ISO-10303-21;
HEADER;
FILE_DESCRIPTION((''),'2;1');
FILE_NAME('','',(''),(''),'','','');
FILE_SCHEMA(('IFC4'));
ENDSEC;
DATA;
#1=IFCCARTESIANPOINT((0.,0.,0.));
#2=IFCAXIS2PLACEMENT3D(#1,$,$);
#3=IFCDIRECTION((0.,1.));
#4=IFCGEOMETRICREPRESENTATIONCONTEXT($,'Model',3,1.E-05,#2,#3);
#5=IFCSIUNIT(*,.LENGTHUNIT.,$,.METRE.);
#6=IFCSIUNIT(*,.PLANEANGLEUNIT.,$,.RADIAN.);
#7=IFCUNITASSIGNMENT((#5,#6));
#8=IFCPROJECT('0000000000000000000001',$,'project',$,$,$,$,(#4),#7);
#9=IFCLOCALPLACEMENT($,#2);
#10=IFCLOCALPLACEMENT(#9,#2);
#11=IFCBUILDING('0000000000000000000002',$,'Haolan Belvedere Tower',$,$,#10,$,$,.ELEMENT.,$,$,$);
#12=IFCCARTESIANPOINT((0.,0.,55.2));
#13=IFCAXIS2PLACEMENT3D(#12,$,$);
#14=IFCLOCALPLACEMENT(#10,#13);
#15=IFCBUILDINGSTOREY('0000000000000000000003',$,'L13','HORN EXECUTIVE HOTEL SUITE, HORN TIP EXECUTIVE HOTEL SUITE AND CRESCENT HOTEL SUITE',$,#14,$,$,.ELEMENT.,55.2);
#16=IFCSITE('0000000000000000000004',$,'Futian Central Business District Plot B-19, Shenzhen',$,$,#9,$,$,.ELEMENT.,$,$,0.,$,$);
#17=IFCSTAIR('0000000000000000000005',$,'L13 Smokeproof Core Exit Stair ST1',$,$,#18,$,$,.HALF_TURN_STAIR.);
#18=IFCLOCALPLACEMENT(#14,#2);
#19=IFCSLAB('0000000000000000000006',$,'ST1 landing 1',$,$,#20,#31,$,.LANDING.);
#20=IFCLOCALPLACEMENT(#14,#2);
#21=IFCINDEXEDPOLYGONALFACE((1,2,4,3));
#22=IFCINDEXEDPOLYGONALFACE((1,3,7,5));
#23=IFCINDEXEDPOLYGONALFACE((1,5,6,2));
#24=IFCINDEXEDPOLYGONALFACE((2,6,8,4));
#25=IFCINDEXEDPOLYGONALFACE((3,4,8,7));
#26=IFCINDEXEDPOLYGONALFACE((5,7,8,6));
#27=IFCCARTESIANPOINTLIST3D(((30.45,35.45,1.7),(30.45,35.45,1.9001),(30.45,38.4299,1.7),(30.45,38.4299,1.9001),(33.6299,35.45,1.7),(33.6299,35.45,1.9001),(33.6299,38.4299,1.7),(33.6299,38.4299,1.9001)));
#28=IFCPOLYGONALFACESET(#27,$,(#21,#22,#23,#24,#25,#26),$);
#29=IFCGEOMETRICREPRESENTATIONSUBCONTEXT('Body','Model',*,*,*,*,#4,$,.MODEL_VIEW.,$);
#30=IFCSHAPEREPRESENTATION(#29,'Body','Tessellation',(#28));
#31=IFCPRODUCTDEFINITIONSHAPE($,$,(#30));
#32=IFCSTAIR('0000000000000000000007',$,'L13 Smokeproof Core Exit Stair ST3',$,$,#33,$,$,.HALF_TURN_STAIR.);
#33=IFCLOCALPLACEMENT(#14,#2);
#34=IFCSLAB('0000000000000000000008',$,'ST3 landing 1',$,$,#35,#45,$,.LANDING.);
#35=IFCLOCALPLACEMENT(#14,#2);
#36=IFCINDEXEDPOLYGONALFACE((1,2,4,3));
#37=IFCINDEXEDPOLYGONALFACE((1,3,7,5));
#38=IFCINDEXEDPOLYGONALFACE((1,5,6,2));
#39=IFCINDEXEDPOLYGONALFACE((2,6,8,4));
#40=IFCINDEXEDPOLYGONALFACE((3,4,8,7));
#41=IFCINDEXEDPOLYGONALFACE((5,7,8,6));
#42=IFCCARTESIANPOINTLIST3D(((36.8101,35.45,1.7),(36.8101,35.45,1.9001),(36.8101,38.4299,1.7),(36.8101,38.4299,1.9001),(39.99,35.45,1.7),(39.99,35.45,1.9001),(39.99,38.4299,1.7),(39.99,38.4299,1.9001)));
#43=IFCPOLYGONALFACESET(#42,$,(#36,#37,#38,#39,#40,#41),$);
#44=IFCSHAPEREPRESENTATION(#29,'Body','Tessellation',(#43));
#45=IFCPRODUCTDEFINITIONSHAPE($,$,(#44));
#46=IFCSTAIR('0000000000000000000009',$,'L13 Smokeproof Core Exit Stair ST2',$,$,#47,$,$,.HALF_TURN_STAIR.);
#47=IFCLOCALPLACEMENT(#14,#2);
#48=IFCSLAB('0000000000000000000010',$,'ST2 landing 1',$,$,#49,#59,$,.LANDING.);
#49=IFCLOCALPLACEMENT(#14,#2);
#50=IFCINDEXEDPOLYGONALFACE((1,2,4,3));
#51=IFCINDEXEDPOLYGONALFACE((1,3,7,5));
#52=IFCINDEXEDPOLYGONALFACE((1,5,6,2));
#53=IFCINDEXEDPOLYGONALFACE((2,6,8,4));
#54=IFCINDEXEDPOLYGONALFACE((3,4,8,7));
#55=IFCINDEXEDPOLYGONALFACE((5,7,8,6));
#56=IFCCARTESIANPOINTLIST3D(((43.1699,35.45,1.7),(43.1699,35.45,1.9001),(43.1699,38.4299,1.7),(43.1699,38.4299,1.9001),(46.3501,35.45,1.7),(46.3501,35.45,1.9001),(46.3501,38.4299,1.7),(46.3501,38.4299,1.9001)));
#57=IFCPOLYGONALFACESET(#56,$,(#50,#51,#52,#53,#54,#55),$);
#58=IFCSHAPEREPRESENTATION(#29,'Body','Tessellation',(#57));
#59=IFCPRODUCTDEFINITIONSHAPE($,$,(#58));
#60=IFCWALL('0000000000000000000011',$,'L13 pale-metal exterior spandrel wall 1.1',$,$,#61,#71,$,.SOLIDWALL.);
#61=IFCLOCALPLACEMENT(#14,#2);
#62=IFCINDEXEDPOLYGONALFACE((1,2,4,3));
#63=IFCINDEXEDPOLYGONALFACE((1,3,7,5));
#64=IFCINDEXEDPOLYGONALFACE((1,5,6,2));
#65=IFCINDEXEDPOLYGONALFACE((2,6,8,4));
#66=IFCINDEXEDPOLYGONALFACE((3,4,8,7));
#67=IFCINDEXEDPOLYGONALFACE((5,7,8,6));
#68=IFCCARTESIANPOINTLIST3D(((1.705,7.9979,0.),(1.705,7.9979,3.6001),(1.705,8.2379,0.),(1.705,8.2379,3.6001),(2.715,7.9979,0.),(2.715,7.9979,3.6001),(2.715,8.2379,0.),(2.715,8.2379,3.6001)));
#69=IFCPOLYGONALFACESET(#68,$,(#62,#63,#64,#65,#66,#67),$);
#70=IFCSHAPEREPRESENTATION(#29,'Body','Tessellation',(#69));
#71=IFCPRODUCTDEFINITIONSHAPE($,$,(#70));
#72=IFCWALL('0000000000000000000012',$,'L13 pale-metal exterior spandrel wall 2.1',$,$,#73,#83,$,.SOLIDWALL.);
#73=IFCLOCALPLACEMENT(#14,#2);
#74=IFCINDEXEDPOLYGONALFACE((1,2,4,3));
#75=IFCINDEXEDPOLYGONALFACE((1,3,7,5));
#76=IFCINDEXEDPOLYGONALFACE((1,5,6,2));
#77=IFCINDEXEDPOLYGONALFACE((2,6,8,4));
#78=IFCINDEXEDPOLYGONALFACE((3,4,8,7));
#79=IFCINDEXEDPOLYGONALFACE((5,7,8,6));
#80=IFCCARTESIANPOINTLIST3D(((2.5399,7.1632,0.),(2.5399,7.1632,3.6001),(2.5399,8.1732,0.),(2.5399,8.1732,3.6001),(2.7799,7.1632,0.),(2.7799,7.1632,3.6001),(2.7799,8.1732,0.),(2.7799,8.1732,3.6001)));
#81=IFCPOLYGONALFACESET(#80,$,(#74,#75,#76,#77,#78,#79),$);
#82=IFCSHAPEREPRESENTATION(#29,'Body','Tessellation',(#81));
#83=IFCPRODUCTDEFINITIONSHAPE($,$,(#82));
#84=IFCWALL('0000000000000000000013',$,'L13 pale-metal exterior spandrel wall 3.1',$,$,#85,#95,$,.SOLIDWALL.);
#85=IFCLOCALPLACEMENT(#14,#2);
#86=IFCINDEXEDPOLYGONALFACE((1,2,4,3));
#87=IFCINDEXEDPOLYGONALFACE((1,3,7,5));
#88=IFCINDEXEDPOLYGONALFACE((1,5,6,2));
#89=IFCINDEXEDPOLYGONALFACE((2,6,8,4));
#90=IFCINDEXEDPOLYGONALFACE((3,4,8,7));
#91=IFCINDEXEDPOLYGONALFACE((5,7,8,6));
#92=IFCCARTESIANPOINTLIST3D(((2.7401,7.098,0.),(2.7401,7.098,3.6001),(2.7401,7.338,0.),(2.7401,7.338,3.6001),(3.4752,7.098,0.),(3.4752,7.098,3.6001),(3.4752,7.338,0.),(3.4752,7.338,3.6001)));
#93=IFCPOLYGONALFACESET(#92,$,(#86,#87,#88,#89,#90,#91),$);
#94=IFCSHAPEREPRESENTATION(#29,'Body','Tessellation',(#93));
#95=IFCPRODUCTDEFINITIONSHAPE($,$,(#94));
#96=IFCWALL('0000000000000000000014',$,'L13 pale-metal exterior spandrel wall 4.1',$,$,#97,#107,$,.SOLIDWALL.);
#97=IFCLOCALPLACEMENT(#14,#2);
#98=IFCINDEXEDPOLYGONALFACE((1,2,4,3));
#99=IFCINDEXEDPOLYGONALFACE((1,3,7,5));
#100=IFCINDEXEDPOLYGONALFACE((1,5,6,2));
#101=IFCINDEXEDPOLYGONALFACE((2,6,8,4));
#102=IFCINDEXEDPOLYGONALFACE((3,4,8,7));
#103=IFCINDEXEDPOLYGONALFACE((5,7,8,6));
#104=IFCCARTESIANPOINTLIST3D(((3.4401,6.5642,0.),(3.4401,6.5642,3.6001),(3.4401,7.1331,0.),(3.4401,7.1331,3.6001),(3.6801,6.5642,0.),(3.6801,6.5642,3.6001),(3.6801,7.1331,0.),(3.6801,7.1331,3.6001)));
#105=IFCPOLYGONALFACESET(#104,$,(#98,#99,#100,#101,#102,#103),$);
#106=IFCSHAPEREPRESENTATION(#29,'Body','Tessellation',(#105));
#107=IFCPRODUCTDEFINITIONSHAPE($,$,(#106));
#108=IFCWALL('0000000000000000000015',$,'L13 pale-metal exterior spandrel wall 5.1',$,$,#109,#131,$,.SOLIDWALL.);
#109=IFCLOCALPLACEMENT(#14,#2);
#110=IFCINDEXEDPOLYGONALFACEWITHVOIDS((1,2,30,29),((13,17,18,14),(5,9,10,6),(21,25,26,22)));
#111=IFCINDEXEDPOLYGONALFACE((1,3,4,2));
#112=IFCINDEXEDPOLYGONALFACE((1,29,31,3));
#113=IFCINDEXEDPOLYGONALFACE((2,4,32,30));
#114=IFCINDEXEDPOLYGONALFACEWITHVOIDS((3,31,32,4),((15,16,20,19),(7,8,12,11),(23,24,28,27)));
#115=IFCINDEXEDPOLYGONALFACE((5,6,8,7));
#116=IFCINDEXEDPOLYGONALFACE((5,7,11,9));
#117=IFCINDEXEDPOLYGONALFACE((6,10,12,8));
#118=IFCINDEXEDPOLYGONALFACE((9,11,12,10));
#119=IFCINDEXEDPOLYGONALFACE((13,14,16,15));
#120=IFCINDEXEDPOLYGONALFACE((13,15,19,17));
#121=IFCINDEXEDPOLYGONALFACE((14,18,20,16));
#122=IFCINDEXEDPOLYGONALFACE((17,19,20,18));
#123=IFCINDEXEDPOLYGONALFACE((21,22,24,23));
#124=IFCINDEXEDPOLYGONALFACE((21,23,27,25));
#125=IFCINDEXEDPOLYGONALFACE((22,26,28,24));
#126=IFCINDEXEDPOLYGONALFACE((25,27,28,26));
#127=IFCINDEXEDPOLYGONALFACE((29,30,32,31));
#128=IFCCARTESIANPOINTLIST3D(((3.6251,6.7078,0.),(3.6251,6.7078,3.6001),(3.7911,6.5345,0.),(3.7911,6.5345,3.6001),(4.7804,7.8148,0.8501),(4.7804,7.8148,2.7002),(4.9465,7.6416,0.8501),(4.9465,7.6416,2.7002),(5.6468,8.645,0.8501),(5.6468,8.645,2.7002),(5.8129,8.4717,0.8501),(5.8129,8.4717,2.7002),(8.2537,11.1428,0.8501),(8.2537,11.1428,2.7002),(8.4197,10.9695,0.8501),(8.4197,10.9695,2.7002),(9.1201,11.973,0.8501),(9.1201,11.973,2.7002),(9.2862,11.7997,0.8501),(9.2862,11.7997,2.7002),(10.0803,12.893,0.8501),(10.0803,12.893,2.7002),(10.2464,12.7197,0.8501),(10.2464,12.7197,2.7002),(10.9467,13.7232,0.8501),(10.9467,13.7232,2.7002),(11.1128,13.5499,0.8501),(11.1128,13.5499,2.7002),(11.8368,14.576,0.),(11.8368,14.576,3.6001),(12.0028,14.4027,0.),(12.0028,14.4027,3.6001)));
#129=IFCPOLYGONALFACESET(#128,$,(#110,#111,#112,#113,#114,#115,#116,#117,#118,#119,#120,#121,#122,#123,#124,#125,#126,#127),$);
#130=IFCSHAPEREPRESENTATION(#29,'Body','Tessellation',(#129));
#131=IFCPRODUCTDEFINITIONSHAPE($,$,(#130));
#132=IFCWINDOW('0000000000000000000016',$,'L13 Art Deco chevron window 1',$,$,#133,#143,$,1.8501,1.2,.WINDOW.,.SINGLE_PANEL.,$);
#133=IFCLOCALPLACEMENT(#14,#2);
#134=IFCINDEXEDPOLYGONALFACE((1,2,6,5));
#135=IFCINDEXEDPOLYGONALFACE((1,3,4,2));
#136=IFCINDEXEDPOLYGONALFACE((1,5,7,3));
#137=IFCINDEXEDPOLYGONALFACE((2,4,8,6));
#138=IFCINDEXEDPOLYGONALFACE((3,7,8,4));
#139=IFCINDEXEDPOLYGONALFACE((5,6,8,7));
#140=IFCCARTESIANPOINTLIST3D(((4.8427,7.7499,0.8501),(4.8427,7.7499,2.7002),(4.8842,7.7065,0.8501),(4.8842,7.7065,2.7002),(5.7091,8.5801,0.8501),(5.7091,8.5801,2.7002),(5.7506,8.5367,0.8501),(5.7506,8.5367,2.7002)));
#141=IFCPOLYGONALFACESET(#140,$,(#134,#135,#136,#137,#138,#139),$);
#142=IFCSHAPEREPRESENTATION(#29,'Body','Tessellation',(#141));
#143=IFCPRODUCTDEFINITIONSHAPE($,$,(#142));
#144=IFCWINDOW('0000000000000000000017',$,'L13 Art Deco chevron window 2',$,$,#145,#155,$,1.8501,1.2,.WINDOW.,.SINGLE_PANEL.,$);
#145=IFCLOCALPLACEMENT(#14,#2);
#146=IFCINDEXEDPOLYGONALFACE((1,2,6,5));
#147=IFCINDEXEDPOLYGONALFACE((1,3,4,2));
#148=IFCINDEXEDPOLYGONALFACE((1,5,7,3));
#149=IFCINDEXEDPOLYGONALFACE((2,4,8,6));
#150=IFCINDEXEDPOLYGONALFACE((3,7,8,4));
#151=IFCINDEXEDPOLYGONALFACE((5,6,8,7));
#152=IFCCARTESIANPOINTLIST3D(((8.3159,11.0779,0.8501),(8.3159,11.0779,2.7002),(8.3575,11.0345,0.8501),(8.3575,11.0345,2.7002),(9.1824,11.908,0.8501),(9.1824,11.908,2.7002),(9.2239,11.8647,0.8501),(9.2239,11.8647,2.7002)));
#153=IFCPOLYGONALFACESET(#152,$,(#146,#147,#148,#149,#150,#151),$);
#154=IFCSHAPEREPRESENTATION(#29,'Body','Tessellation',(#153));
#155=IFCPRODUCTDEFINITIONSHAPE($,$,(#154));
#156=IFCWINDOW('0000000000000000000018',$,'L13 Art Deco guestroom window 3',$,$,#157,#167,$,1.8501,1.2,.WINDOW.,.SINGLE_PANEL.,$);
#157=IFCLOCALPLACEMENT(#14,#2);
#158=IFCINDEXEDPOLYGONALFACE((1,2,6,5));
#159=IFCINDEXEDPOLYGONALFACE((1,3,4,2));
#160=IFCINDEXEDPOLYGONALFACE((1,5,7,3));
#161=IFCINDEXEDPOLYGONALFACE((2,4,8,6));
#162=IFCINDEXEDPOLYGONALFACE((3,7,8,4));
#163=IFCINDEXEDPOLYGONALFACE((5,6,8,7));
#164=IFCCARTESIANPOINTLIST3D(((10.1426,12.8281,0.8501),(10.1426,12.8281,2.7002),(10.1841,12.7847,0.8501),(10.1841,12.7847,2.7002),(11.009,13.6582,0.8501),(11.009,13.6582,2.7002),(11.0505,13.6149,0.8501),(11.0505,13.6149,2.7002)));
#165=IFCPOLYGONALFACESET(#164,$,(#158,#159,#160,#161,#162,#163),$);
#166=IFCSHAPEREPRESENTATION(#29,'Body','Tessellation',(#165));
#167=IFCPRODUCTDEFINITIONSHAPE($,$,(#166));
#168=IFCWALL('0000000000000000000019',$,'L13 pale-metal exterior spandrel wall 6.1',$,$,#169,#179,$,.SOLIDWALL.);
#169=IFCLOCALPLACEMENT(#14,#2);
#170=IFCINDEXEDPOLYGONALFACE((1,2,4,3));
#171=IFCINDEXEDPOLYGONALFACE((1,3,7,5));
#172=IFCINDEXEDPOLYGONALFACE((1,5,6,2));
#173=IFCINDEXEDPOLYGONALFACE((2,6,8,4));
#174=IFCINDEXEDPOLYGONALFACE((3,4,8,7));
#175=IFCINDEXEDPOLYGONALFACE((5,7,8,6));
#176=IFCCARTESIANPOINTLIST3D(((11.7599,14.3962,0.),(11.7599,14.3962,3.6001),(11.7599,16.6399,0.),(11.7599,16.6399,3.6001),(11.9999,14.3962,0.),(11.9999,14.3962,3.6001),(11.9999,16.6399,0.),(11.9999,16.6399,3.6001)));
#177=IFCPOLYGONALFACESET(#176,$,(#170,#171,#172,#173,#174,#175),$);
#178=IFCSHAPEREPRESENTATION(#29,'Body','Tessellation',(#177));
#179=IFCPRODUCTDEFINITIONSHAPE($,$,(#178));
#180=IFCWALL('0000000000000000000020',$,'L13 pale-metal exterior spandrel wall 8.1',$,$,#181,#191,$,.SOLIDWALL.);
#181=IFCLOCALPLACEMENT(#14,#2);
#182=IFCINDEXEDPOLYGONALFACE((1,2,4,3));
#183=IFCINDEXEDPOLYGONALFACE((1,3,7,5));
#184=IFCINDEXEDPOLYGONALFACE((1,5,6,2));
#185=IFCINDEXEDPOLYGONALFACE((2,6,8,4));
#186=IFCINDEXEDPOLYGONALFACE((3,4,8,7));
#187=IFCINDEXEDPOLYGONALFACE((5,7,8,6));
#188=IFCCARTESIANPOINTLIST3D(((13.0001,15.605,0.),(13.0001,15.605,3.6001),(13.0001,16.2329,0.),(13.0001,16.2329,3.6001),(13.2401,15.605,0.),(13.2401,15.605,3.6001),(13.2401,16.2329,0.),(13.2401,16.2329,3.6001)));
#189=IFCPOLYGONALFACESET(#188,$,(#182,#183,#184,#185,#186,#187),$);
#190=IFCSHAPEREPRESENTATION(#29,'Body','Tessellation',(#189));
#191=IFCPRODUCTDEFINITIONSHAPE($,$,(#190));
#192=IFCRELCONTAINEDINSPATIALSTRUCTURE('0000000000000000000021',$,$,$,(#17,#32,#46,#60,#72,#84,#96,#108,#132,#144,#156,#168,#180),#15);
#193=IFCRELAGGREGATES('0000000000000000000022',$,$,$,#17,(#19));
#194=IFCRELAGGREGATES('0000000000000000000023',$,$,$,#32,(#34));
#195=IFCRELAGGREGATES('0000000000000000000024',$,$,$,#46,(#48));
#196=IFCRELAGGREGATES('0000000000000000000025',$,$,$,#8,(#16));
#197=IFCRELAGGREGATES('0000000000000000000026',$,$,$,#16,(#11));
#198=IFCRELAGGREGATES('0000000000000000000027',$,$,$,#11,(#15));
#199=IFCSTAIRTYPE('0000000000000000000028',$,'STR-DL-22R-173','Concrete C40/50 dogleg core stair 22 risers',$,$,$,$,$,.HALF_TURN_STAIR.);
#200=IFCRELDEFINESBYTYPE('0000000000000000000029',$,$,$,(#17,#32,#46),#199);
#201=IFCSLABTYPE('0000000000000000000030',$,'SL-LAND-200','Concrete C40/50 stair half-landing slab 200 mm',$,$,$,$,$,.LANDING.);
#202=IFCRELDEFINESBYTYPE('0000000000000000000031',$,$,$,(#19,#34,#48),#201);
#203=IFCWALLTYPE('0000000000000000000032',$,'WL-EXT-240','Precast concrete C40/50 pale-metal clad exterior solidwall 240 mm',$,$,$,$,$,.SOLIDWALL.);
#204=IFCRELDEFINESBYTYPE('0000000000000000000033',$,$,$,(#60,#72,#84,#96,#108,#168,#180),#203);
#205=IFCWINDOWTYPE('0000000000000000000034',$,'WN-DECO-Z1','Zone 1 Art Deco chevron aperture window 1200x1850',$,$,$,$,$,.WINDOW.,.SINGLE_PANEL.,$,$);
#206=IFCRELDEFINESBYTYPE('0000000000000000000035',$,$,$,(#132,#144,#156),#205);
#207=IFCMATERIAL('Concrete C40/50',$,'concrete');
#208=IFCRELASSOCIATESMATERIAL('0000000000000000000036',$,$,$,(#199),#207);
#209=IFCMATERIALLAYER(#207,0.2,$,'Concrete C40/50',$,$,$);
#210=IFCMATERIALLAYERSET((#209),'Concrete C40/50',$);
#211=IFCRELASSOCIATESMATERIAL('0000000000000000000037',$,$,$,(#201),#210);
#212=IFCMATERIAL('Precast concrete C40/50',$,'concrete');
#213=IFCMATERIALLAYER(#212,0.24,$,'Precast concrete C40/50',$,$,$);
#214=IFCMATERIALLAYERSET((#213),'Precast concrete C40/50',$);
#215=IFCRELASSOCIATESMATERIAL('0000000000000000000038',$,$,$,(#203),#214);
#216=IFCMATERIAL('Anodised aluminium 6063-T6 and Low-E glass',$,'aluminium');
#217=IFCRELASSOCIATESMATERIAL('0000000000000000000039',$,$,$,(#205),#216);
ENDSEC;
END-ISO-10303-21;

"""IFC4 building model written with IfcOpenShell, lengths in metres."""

from ifc_helpers import new_model, si_unit, direction, frame, frame_2d, origin, place, context, subcontext, project, spatial, polyline, rectangle, outline, extrude, material, layer, layer_set, type_object, element, fill, aggregate, save


model = new_model("IFC4")

# Units and contexts
model_context = context("Model", 3, precision=1e-05, world=origin(), true_north=direction((0.0, 1.0)))
body_context = subcontext(model_context, "Body", "Model", "MODEL_VIEW")
ifc_project = project(units=[si_unit("LENGTHUNIT", "METRE"), si_unit("PLANEANGLEUNIT", "RADIAN")], contexts=[model_context])

# Site, building, storey
site_placement = place(None, origin())
site = spatial("IfcSite", under=ifc_project, at=site_placement, Name="Futian Central Business District Plot B-19, Shenzhen", CompositionType="ELEMENT", RefElevation=0.0)
building_placement = place(site_placement, origin())
building = spatial("IfcBuilding", under=site, at=building_placement, Name="Haolan Belvedere Tower", CompositionType="ELEMENT")
storey_placement = place(building_placement, frame((0.0, 0.0, 55.2)))
storey = spatial("IfcBuildingStorey", under=building, at=storey_placement, Name="L13", Description="HORN EXECUTIVE HOTEL SUITE, HORN TIP EXECUTIVE HOTEL SUITE AND CRESCENT HOTEL SUITE", CompositionType="ELEMENT", Elevation=55.2)

# Shared definitions
ifc_material_1 = material(Name="Concrete C40/50", Category="concrete")

# Stairs, slabs
stair_type = type_object("IfcStairType", Name="STR-DL-22R-173", Description="Concrete C40/50 dogleg core stair 22 risers", PredefinedType="HALF_TURN_STAIR", material=ifc_material_1)
stair_1_placement = place(storey_placement, origin())
stair_1 = element("IfcStair", 1, at=stair_1_placement, inside=storey, type_object=stair_type, Name="L13 Smokeproof Core Exit Stair ST1", PredefinedType="HALF_TURN_STAIR")
ifc_layer_1 = layer(ifc_material_1, 0.2, Name="Concrete C40/50")
ifc_layer_set_1 = layer_set([ifc_layer_1], Name="Concrete C40/50")
slab_type_1 = type_object("IfcSlabType", Name="SL-LAND-200", Description="Concrete C40/50 stair half-landing slab 200 mm", PredefinedType="LANDING", material=ifc_layer_set_1)
slab_1_placement = place(storey_placement, frame((0.0, 0.0, 1.7)))
slab_1 = element("IfcSlab", 2, at=slab_1_placement, type_object=slab_type_1, Name="ST1 landing 1", PredefinedType="LANDING", context=body_context, shape_type="SweptSolid", body=[
    extrude(outline(polyline([(30.45, 38.4299), (30.45, 35.45), (33.6299, 35.45), (33.6299, 38.4299), (30.45, 38.4299)])), origin(), (0.0, 0.0, 1.0), 0.2002),
])
aggregate(stair_1, [slab_1])
stair_2_placement = place(storey_placement, origin())
stair_2 = element("IfcStair", 3, at=stair_2_placement, inside=storey, type_object=stair_type, Name="L13 Smokeproof Core Exit Stair ST3", PredefinedType="HALF_TURN_STAIR")
slab_2_placement = place(storey_placement, frame((0.0, 0.0, 1.7)))
slab_2 = element("IfcSlab", 4, at=slab_2_placement, type_object=slab_type_1, Name="ST3 landing 1", PredefinedType="LANDING", context=body_context, shape_type="SweptSolid", body=[
    extrude(outline(polyline([(36.8101, 38.4299), (36.8101, 35.45), (39.99, 35.45), (39.99, 38.4299), (36.8101, 38.4299)])), origin(), (0.0, 0.0, 1.0), 0.2002),
])
aggregate(stair_2, [slab_2])
stair_3_placement = place(storey_placement, origin())
stair_3 = element("IfcStair", 5, at=stair_3_placement, inside=storey, type_object=stair_type, Name="L13 Smokeproof Core Exit Stair ST2", PredefinedType="HALF_TURN_STAIR")
slab_3_placement = place(storey_placement, frame((0.0, 0.0, 1.7)))
slab_3 = element("IfcSlab", 6, at=slab_3_placement, type_object=slab_type_1, Name="ST2 landing 1", PredefinedType="LANDING", context=body_context, shape_type="SweptSolid", body=[
    extrude(outline(polyline([(43.1699, 38.4299), (43.1699, 35.45), (46.3501, 35.45), (46.3501, 38.4299), (43.1699, 38.4299)])), origin(), (0.0, 0.0, 1.0), 0.2002),
])
aggregate(stair_3, [slab_3])

# Walls
ifc_material_2 = material(Name="Precast concrete C40/50", Category="concrete")
ifc_layer_2 = layer(ifc_material_2, 0.24, Name="Precast concrete C40/50")
ifc_layer_set_2 = layer_set([ifc_layer_2], Name="Precast concrete C40/50")
wall_type_1 = type_object("IfcWallType", Name="WL-EXT-240", Description="Precast concrete C40/50 pale-metal clad exterior solidwall 240 mm", PredefinedType="SOLIDWALL", material=ifc_layer_set_2)
for number, where, z_axis, x_axis, name in (
    (7, (1.7051, 8.1179, 0.0), (0.0, 0.0, 1.0), (1.0, 0.0, 0.0), "L13 pale-metal exterior spandrel wall 1.1"),
    (8, (2.6599, 8.1731, 0.0), (0.0, 0.0, 1.0), (0.0, -1.0, 0.0), "L13 pale-metal exterior spandrel wall 2.1"),
):
    element("IfcWall", number, at=place(storey_placement, frame(where, z_axis=z_axis, x_axis=x_axis)), inside=storey, type_object=wall_type_1, Name=name, PredefinedType="SOLIDWALL", context=body_context, shape_type="SweptSolid", body=[
        extrude(rectangle(XDim=1.01, YDim=0.24, at=frame_2d((0.5049, 0.0))), origin(), (0.0, 0.0, 1.0), 3.6001),
    ])
wall_1_placement = place(storey_placement, frame((2.74, 7.218, 0.0), z_axis=(0.0, 0.0, 1.0), x_axis=(1.0, 0.0, 0.0)))
element("IfcWall", 9, at=wall_1_placement, inside=storey, type_object=wall_type_1, Name="L13 pale-metal exterior spandrel wall 3.1", PredefinedType="SOLIDWALL", context=body_context, shape_type="SweptSolid", body=[
    extrude(rectangle(XDim=0.7351, YDim=0.24, at=frame_2d((0.3677, 0.0))), origin(), (0.0, 0.0, 1.0), 3.6001),
])
wall_2_placement = place(storey_placement, frame((3.5601, 7.1331, 0.0), z_axis=(0.0, 0.0, 1.0), x_axis=(0.0, -1.0, 0.0)))
element("IfcWall", 10, at=wall_2_placement, inside=storey, type_object=wall_type_1, Name="L13 pale-metal exterior spandrel wall 4.1", PredefinedType="SOLIDWALL", context=body_context, shape_type="SweptSolid", body=[
    extrude(rectangle(XDim=0.5688, YDim=0.24, at=frame_2d((0.2844, 0.0))), origin(), (0.0, 0.0, 1.0), 3.6001),
])

# Wall, openings, windows
wall_3_placement = place(storey_placement, frame((3.708, 6.6211, 0.0), z_axis=(0.0, 0.0, 1.0), x_axis=(0.722048, 0.691843, 0.0)))
wall_3 = element("IfcWall", 11, at=wall_3_placement, inside=storey, type_object=wall_type_1, Name="L13 pale-metal exterior spandrel wall 5.1", PredefinedType="SOLIDWALL", context=body_context, shape_type="SweptSolid", body=[
    extrude(rectangle(XDim=11.3728, YDim=0.24, at=frame_2d((5.6865, 0.0))), origin(), (0.0, 0.0, 1.0), 3.6001),
])
opening_1_placement = place(wall_3_placement, frame((1.6001, 0.0, 0.8501)))
opening_1 = element("IfcOpeningElement", 12, at=opening_1_placement, cuts=wall_3, PredefinedType="OPENING", context=body_context, shape_type="SweptSolid", body=[
    extrude(rectangle(XDim=1.2, YDim=1.8501, at=frame_2d((0.6001, 0.925))), frame((0.0, 0.1299, 0.0), z_axis=(0.0, -1.0, 0.0), x_axis=(1.0, 0.0, 0.0)), (0.0, 0.0, 1.0), 0.26),
])
opening_2_placement = place(wall_3_placement, frame((6.4104, 0.0, 0.8501)))
opening_2 = element("IfcOpeningElement", 13, at=opening_2_placement, cuts=wall_3, PredefinedType="OPENING", context=body_context, shape_type="SweptSolid", body=[
    extrude(rectangle(XDim=1.2, YDim=1.8501, at=frame_2d((0.6001, 0.925))), frame((0.0, 0.1299, 0.0), z_axis=(0.0, -1.0, 0.0), x_axis=(1.0, 0.0, 0.0)), (0.0, 0.0, 1.0), 0.26),
])
opening_3_placement = place(wall_3_placement, frame((8.9402, 0.0, 0.8501)))
opening_3 = element("IfcOpeningElement", 14, at=opening_3_placement, cuts=wall_3, PredefinedType="OPENING", context=body_context, shape_type="SweptSolid", body=[
    extrude(rectangle(XDim=1.2, YDim=1.8501, at=frame_2d((0.6001, 0.925))), frame((0.0, 0.1299, 0.0), z_axis=(0.0, -1.0, 0.0), x_axis=(1.0, 0.0, 0.0)), (0.0, 0.0, 1.0), 0.26),
])
ifc_material_3 = material(Name="Anodised aluminium 6063-T6 and Low-E glass", Category="aluminium")
window_type = type_object("IfcWindowType", Name="WN-DECO-Z1", Description="Zone 1 Art Deco chevron aperture window 1200x1850", PartitioningType="SINGLE_PANEL", PredefinedType="WINDOW", material=ifc_material_3)
window_1_placement = place(opening_1_placement, origin())
window_1 = element("IfcWindow", 15, at=window_1_placement, inside=storey, type_object=window_type, Name="L13 Art Deco chevron window 1", OverallHeight=1.8501, OverallWidth=1.2, PartitioningType="SINGLE_PANEL", PredefinedType="WINDOW", context=body_context, shape_type="SweptSolid", body=[
    extrude(rectangle(XDim=1.2, YDim=1.8501, at=frame_2d((0.6001, 0.925))), frame((0.0, 0.03, 0.0), z_axis=(0.0, -1.0, 0.0), x_axis=(1.0, 0.0, 0.0)), (0.0, 0.0, 1.0), 0.0601),
])
fill(opening_1, window_1)
window_2_placement = place(opening_2_placement, origin())
window_2 = element("IfcWindow", 16, at=window_2_placement, inside=storey, type_object=window_type, Name="L13 Art Deco chevron window 2", OverallHeight=1.8501, OverallWidth=1.2, PartitioningType="SINGLE_PANEL", PredefinedType="WINDOW", context=body_context, shape_type="SweptSolid", body=[
    extrude(rectangle(XDim=1.2, YDim=1.8501, at=frame_2d((0.6001, 0.925))), frame((0.0, 0.03, 0.0), z_axis=(0.0, -1.0, 0.0), x_axis=(1.0, 0.0, 0.0)), (0.0, 0.0, 1.0), 0.0601),
])
fill(opening_2, window_2)
window_3_placement = place(opening_3_placement, origin())
window_3 = element("IfcWindow", 17, at=window_3_placement, inside=storey, type_object=window_type, Name="L13 Art Deco guestroom window 3", OverallHeight=1.8501, OverallWidth=1.2, PartitioningType="SINGLE_PANEL", PredefinedType="WINDOW", context=body_context, shape_type="SweptSolid", body=[
    extrude(rectangle(XDim=1.2, YDim=1.8501, at=frame_2d((0.6001, 0.925))), frame((0.0, 0.03, 0.0), z_axis=(0.0, -1.0, 0.0), x_axis=(1.0, 0.0, 0.0)), (0.0, 0.0, 1.0), 0.0601),
])
fill(opening_3, window_3)

# Walls
wall_4_placement = place(storey_placement, frame((11.8799, 14.3962, 0.0), z_axis=(0.0, 0.0, 1.0), x_axis=(0.0, 1.0, 0.0)))
element("IfcWall", 18, at=wall_4_placement, inside=storey, type_object=wall_type_1, Name="L13 pale-metal exterior spandrel wall 6.1", PredefinedType="SOLIDWALL", context=body_context, shape_type="SweptSolid", body=[
    extrude(rectangle(XDim=2.2437, YDim=0.24, at=frame_2d((1.1218, 0.0))), origin(), (0.0, 0.0, 1.0), 3.6001),
])
wall_5_placement = place(storey_placement, frame((13.1201, 16.2329, 0.0), z_axis=(0.0, 0.0, 1.0), x_axis=(0.0, -1.0, 0.0)))
element("IfcWall", 19, at=wall_5_placement, inside=storey, type_object=wall_type_1, Name="L13 pale-metal exterior spandrel wall 8.1", PredefinedType="SOLIDWALL", context=body_context, shape_type="SweptSolid", body=[
    extrude(rectangle(XDim=0.6279, YDim=0.24, at=frame_2d((0.314, 0.0))), origin(), (0.0, 0.0, 1.0), 3.6001),
])

save(model, "model.ifc")
